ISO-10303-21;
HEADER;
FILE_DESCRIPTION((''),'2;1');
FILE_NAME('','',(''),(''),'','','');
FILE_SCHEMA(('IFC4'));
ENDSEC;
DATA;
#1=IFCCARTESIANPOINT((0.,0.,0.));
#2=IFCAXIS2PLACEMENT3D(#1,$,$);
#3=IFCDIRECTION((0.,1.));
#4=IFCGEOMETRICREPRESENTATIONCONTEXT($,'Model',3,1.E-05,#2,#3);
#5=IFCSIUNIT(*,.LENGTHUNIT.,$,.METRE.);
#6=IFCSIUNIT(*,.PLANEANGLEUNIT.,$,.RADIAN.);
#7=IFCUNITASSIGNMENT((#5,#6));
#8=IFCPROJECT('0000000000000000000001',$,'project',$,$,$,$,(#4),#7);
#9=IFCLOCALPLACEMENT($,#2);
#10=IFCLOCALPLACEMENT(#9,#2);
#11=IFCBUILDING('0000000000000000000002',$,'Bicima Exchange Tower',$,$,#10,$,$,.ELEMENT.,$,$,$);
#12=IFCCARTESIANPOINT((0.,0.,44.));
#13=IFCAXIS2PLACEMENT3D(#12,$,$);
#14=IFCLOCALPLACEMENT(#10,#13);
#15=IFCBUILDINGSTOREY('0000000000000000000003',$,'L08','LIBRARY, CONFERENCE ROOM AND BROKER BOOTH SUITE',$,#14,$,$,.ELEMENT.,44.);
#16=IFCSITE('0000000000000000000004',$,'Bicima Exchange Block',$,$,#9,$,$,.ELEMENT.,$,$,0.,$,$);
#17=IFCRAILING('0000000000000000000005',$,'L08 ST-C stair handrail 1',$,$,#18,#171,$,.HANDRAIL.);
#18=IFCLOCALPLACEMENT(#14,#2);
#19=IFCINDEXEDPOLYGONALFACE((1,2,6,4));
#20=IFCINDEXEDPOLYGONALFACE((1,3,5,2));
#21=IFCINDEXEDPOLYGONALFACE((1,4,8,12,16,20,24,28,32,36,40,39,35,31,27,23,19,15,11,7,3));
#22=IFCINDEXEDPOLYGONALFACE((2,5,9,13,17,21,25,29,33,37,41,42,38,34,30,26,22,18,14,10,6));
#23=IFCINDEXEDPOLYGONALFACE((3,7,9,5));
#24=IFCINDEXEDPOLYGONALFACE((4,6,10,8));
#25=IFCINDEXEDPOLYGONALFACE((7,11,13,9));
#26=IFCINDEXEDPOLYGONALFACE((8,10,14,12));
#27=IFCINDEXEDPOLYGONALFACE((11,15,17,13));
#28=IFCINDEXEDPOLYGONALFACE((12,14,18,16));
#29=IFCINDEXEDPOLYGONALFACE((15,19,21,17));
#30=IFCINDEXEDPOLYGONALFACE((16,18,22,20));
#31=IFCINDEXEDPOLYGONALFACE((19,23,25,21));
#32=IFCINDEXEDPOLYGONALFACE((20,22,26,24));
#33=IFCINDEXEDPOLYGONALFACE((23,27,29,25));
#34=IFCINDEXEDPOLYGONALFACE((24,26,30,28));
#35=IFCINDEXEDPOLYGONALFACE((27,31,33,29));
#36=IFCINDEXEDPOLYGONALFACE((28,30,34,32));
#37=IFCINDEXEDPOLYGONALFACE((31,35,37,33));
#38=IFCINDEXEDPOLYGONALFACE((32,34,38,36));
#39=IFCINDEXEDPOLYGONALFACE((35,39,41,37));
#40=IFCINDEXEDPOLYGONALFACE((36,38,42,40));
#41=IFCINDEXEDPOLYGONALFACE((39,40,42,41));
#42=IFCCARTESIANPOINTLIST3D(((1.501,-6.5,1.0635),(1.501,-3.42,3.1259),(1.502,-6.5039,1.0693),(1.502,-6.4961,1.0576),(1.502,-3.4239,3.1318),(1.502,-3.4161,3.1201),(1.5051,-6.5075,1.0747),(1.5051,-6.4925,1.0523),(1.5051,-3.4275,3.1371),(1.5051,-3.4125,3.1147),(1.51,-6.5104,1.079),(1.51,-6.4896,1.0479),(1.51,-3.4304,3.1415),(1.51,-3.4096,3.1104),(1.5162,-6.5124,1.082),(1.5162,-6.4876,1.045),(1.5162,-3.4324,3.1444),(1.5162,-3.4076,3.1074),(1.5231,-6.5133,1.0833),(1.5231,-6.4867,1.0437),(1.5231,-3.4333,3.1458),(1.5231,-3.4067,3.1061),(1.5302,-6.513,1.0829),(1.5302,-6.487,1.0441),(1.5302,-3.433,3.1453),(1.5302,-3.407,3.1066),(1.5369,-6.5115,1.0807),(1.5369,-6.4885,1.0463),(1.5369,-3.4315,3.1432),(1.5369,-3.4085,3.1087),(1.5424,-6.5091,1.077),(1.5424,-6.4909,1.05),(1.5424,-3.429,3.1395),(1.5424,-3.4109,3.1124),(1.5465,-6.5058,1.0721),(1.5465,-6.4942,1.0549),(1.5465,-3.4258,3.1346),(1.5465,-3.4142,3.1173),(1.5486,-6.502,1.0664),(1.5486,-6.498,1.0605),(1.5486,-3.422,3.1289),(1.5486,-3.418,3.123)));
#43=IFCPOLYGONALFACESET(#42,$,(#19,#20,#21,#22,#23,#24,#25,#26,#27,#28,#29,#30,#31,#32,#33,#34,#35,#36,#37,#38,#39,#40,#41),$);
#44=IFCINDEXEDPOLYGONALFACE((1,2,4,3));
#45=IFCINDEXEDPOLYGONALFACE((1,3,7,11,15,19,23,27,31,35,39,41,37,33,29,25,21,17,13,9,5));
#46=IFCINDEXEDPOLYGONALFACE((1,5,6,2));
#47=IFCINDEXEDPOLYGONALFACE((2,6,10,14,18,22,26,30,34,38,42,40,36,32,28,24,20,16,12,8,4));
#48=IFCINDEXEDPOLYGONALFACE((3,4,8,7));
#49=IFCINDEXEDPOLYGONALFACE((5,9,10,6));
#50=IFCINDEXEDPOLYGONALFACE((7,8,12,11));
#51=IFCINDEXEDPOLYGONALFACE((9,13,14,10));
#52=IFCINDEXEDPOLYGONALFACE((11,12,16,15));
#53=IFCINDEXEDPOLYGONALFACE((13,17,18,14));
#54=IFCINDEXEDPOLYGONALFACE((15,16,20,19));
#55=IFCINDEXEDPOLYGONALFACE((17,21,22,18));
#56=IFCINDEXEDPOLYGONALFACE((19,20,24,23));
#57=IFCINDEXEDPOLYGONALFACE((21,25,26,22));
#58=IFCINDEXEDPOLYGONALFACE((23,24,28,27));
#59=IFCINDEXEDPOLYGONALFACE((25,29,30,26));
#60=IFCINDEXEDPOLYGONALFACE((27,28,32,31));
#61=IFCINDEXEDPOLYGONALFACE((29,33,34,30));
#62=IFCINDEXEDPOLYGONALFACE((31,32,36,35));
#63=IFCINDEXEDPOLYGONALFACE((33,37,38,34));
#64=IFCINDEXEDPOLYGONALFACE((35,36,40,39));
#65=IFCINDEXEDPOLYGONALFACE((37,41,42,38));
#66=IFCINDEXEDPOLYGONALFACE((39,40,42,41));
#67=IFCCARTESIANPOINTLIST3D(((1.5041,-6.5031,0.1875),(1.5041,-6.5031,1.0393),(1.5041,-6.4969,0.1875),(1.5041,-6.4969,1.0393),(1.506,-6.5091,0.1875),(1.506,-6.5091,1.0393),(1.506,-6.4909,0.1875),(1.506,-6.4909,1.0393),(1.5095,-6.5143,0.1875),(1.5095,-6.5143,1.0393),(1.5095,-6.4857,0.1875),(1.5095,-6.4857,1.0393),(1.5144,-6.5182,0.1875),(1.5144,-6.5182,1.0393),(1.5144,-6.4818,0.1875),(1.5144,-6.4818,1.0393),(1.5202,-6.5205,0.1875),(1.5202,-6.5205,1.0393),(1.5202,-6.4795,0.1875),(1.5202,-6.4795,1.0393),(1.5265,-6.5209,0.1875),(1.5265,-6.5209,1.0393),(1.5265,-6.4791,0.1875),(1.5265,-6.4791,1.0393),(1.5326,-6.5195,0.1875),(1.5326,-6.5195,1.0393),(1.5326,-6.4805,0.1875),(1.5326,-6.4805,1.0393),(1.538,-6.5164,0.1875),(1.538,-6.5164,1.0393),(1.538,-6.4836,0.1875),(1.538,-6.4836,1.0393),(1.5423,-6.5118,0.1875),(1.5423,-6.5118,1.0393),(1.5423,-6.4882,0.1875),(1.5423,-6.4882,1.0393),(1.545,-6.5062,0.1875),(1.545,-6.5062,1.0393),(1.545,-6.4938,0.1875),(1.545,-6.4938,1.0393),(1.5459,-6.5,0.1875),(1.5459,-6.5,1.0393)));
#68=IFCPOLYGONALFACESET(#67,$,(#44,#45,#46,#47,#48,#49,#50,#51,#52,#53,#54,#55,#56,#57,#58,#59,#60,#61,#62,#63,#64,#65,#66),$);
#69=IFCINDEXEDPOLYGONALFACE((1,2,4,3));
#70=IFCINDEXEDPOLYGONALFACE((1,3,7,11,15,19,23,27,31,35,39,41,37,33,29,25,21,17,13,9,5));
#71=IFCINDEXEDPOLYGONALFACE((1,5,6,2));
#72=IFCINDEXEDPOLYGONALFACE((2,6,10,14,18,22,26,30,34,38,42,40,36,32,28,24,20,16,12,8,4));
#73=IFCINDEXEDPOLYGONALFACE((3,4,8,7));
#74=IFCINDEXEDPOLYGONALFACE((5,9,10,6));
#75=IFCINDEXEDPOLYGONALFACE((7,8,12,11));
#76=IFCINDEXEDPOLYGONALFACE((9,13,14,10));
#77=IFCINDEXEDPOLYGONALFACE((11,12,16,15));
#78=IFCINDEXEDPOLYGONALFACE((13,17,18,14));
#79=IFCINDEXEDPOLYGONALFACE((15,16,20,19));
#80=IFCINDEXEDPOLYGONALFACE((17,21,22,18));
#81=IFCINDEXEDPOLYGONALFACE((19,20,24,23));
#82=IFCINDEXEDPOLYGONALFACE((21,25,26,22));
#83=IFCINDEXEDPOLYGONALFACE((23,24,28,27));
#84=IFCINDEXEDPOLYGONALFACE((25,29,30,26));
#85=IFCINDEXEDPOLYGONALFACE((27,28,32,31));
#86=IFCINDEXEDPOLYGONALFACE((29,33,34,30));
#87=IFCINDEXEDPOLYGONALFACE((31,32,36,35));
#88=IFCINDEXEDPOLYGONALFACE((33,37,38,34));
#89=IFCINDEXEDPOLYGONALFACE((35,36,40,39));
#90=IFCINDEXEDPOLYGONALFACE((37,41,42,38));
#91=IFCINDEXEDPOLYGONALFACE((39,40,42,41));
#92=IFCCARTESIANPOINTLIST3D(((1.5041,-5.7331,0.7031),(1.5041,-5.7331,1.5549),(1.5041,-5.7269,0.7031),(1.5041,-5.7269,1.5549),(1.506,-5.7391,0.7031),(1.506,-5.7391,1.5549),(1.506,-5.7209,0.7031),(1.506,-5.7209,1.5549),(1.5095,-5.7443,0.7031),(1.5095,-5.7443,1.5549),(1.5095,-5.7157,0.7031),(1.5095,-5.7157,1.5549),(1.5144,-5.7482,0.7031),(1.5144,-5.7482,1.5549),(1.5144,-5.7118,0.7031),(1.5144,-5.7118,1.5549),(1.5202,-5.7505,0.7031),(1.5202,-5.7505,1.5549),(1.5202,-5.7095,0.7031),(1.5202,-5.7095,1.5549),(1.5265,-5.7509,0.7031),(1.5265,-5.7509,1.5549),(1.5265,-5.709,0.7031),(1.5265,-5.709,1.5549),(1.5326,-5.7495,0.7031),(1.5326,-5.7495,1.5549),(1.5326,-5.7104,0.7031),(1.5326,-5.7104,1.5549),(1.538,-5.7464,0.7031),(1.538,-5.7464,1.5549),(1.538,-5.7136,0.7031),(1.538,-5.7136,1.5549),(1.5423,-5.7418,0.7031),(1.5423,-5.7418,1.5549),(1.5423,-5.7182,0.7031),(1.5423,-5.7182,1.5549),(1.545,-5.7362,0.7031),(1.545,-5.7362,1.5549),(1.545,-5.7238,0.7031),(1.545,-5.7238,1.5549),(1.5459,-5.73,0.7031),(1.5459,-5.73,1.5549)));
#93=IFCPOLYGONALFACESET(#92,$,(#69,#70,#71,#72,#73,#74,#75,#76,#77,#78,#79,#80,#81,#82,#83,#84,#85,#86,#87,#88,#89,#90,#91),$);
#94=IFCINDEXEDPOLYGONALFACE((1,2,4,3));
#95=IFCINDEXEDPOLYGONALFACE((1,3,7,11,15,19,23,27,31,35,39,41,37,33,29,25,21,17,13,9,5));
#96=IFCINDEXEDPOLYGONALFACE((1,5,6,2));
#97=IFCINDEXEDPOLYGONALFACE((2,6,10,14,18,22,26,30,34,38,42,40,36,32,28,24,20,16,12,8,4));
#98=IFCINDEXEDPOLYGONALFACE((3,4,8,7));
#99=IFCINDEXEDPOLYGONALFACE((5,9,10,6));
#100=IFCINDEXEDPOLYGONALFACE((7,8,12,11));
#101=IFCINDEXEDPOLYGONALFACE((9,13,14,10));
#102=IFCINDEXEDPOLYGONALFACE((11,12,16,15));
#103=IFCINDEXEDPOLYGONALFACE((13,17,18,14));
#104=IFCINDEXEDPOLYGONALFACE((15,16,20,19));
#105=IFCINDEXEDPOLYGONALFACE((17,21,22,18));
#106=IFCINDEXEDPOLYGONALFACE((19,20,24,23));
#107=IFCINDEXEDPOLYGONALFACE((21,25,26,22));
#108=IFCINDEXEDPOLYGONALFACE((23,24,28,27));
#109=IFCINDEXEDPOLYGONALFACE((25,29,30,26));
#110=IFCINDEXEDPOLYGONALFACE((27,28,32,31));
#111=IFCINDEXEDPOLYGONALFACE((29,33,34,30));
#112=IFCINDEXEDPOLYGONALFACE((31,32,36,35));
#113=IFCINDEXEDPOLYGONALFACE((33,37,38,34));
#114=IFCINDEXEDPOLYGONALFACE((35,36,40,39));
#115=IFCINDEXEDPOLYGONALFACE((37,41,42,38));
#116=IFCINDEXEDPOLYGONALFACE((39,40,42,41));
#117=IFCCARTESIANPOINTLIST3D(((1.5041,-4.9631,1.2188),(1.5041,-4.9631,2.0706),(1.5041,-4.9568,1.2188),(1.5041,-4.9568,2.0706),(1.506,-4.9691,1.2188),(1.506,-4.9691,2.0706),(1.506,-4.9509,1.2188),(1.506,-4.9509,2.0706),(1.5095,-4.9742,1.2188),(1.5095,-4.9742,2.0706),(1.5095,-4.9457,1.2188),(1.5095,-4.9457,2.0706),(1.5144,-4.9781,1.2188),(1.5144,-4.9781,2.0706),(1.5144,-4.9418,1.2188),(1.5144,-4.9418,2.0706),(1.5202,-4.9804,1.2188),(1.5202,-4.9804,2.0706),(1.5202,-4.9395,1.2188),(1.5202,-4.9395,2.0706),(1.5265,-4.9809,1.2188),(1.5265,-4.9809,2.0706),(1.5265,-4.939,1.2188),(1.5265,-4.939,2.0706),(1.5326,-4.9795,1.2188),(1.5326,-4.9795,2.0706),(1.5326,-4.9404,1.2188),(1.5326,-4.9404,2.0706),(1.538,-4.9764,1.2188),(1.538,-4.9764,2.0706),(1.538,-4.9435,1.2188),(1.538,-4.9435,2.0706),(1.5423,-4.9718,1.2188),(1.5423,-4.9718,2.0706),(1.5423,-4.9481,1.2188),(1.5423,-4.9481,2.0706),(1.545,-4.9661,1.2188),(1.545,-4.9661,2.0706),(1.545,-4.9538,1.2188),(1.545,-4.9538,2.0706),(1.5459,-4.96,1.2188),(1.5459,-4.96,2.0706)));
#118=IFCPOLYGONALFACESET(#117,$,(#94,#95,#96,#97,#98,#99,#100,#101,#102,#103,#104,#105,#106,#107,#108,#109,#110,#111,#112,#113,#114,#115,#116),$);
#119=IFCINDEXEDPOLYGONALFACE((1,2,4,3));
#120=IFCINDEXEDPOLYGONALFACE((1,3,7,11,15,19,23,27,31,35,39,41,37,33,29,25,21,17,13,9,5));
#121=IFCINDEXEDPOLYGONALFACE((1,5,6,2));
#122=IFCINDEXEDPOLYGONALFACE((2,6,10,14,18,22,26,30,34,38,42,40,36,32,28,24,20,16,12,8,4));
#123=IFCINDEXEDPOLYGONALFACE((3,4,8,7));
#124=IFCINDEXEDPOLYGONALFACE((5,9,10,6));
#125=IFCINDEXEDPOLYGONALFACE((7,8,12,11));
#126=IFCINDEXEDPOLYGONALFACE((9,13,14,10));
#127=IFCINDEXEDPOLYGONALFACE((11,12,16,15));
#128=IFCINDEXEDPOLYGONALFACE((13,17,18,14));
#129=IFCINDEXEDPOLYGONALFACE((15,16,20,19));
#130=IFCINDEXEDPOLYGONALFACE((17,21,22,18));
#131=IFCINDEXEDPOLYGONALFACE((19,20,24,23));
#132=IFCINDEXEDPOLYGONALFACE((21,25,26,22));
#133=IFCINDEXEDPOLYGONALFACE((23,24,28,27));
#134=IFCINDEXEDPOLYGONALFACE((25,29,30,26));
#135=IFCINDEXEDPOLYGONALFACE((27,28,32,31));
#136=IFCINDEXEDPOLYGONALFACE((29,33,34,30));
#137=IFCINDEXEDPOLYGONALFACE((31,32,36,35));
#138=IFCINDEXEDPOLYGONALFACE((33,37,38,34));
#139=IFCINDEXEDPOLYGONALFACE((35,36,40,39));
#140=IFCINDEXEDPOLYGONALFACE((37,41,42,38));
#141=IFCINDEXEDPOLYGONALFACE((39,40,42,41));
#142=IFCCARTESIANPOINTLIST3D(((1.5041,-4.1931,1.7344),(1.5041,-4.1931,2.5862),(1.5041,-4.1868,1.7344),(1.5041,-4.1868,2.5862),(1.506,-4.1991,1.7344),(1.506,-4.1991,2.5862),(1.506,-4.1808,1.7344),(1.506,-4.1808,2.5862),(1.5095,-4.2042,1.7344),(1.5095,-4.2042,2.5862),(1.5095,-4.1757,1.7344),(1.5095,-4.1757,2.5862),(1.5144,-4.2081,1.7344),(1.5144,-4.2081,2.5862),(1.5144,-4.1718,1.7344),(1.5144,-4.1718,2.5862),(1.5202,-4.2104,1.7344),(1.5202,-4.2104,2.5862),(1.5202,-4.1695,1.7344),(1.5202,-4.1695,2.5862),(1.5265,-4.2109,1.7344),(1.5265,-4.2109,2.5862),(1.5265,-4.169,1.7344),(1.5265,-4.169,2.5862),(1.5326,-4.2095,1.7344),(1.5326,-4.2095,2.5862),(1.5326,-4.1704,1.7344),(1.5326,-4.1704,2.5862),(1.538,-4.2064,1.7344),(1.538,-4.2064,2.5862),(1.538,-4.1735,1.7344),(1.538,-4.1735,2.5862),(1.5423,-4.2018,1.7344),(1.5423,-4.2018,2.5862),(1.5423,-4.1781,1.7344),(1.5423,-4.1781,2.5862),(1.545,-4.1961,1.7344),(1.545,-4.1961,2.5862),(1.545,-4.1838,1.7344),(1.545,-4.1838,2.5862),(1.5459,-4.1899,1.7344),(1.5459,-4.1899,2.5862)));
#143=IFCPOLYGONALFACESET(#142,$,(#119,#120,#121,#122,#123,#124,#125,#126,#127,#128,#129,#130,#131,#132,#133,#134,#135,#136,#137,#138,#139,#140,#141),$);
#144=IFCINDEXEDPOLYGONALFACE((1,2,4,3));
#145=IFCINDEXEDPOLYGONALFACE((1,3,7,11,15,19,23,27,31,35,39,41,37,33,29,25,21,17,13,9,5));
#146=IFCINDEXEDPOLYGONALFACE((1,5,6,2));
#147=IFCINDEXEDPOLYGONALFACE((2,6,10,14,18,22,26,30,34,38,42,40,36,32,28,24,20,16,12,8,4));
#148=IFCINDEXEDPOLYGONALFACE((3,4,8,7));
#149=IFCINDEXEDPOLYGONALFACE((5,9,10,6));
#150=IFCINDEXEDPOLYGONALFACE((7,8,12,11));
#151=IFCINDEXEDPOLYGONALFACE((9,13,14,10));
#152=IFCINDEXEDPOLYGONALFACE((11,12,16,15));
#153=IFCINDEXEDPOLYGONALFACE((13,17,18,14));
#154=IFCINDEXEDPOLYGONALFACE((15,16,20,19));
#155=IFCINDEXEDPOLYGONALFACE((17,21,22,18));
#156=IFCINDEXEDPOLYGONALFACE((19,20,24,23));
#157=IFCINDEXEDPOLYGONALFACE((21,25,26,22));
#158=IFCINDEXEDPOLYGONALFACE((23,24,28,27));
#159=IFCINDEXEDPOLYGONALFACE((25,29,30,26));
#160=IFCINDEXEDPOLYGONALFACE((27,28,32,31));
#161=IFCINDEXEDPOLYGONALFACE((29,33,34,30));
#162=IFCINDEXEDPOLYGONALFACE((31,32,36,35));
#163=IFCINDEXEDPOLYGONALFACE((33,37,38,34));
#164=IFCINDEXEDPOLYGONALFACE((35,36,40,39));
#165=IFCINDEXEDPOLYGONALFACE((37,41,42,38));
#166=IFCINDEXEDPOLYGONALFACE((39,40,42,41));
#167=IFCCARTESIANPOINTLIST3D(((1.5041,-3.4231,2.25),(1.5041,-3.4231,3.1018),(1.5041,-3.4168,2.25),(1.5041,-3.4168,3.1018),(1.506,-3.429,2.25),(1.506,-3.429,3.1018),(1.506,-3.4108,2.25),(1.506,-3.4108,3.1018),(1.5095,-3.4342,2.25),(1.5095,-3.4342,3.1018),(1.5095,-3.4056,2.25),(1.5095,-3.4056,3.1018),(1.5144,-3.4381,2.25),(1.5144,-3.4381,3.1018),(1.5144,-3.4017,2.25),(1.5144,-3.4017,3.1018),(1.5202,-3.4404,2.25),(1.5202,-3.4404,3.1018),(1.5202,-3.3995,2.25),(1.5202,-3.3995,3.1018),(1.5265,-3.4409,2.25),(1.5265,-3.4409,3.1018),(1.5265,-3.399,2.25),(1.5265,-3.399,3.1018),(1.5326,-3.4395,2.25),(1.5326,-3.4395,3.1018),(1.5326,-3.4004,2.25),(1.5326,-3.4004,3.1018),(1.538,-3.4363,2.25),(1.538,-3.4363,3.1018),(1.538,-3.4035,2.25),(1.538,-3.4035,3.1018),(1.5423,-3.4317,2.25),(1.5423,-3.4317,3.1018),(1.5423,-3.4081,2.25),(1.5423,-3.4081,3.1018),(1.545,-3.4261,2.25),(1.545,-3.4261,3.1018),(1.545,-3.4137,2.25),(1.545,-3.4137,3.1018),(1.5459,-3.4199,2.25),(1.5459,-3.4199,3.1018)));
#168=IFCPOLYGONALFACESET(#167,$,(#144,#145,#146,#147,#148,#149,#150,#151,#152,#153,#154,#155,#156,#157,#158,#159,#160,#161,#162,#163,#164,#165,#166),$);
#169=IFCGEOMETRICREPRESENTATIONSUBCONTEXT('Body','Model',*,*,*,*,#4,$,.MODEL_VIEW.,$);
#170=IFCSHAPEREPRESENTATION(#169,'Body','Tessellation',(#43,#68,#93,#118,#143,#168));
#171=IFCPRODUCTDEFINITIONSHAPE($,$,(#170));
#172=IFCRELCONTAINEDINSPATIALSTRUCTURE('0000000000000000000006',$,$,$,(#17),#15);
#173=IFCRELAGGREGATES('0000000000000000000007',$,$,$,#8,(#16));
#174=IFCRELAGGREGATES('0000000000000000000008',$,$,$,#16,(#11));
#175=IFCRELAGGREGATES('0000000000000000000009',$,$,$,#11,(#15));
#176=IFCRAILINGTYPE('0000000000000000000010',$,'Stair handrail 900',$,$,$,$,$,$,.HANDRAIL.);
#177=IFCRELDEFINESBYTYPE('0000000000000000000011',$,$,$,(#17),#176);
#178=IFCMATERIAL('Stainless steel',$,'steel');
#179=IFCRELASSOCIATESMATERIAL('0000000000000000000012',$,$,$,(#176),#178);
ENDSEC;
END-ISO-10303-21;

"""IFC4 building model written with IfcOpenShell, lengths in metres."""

from ifc_helpers import new_model, si_unit, direction, frame, origin, origin_2d, place, context, subcontext, project, spatial, circle, extrude, material, type_object, element, save


model = new_model("IFC4")

# Units and contexts
model_context = context("Model", 3, precision=1e-05, world=origin(), true_north=direction((0.0, 1.0)))
body_context = subcontext(model_context, "Body", "Model", "MODEL_VIEW")
ifc_project = project(units=[si_unit("LENGTHUNIT", "METRE"), si_unit("PLANEANGLEUNIT", "RADIAN")], contexts=[model_context])

# Site, building, storey
site_placement = place(None, origin())
site = spatial("IfcSite", under=ifc_project, at=site_placement, Name="Bicima Exchange Block", CompositionType="ELEMENT", RefElevation=0.0)
building_placement = place(site_placement, origin())
building = spatial("IfcBuilding", under=site, at=building_placement, Name="Bicima Exchange Tower", CompositionType="ELEMENT")
storey_placement = place(building_placement, frame((0.0, 0.0, 44.0)))
storey = spatial("IfcBuildingStorey", under=building, at=storey_placement, Name="L08", Description="LIBRARY, CONFERENCE ROOM AND BROKER BOOTH SUITE", CompositionType="ELEMENT", Elevation=44.0)

# Shared definitions
ifc_material_1 = material(Name="Stainless steel", Category="steel")

# Railing
railing_type_1 = type_object("IfcRailingType", Name="Stair handrail 900", PredefinedType="HANDRAIL", material=ifc_material_1)
railing_1_placement = place(storey_placement, frame((1.5249, -6.5, 0.1875)))
element("IfcRailing", 1, at=railing_1_placement, inside=storey, type_object=railing_type_1, Name="L08 ST-C stair handrail 1", PredefinedType="HANDRAIL", context=body_context, shape_type="SweptSolid", body=[
    extrude(circle(Radius=0.0239, at=origin_2d()), frame((0.0, 0.0, 0.876), z_axis=(0.0, 0.830914, 0.556401), x_axis=(-1.0, 0.0, 0.0)), (0.0, 0.0, 1.0), 3.7068),
    extrude(circle(Radius=0.021, at=origin_2d()), origin(), (0.0, 0.0, 1.0), 0.8518),
    extrude(circle(Radius=0.021, at=origin_2d()), frame((0.0, 0.77, 0.5156)), (0.0, 0.0, 1.0), 0.8518),
    extrude(circle(Radius=0.021, at=origin_2d()), frame((0.0, 1.54, 1.0312)), (0.0, 0.0, 1.0), 0.8518),
    extrude(circle(Radius=0.021, at=origin_2d()), frame((0.0, 2.3101, 1.5469)), (0.0, 0.0, 1.0), 0.8518),
    extrude(circle(Radius=0.021, at=origin_2d()), frame((0.0, 3.0801, 2.0625)), (0.0, 0.0, 1.0), 0.8518),
])

save(model, "model.ifc")
